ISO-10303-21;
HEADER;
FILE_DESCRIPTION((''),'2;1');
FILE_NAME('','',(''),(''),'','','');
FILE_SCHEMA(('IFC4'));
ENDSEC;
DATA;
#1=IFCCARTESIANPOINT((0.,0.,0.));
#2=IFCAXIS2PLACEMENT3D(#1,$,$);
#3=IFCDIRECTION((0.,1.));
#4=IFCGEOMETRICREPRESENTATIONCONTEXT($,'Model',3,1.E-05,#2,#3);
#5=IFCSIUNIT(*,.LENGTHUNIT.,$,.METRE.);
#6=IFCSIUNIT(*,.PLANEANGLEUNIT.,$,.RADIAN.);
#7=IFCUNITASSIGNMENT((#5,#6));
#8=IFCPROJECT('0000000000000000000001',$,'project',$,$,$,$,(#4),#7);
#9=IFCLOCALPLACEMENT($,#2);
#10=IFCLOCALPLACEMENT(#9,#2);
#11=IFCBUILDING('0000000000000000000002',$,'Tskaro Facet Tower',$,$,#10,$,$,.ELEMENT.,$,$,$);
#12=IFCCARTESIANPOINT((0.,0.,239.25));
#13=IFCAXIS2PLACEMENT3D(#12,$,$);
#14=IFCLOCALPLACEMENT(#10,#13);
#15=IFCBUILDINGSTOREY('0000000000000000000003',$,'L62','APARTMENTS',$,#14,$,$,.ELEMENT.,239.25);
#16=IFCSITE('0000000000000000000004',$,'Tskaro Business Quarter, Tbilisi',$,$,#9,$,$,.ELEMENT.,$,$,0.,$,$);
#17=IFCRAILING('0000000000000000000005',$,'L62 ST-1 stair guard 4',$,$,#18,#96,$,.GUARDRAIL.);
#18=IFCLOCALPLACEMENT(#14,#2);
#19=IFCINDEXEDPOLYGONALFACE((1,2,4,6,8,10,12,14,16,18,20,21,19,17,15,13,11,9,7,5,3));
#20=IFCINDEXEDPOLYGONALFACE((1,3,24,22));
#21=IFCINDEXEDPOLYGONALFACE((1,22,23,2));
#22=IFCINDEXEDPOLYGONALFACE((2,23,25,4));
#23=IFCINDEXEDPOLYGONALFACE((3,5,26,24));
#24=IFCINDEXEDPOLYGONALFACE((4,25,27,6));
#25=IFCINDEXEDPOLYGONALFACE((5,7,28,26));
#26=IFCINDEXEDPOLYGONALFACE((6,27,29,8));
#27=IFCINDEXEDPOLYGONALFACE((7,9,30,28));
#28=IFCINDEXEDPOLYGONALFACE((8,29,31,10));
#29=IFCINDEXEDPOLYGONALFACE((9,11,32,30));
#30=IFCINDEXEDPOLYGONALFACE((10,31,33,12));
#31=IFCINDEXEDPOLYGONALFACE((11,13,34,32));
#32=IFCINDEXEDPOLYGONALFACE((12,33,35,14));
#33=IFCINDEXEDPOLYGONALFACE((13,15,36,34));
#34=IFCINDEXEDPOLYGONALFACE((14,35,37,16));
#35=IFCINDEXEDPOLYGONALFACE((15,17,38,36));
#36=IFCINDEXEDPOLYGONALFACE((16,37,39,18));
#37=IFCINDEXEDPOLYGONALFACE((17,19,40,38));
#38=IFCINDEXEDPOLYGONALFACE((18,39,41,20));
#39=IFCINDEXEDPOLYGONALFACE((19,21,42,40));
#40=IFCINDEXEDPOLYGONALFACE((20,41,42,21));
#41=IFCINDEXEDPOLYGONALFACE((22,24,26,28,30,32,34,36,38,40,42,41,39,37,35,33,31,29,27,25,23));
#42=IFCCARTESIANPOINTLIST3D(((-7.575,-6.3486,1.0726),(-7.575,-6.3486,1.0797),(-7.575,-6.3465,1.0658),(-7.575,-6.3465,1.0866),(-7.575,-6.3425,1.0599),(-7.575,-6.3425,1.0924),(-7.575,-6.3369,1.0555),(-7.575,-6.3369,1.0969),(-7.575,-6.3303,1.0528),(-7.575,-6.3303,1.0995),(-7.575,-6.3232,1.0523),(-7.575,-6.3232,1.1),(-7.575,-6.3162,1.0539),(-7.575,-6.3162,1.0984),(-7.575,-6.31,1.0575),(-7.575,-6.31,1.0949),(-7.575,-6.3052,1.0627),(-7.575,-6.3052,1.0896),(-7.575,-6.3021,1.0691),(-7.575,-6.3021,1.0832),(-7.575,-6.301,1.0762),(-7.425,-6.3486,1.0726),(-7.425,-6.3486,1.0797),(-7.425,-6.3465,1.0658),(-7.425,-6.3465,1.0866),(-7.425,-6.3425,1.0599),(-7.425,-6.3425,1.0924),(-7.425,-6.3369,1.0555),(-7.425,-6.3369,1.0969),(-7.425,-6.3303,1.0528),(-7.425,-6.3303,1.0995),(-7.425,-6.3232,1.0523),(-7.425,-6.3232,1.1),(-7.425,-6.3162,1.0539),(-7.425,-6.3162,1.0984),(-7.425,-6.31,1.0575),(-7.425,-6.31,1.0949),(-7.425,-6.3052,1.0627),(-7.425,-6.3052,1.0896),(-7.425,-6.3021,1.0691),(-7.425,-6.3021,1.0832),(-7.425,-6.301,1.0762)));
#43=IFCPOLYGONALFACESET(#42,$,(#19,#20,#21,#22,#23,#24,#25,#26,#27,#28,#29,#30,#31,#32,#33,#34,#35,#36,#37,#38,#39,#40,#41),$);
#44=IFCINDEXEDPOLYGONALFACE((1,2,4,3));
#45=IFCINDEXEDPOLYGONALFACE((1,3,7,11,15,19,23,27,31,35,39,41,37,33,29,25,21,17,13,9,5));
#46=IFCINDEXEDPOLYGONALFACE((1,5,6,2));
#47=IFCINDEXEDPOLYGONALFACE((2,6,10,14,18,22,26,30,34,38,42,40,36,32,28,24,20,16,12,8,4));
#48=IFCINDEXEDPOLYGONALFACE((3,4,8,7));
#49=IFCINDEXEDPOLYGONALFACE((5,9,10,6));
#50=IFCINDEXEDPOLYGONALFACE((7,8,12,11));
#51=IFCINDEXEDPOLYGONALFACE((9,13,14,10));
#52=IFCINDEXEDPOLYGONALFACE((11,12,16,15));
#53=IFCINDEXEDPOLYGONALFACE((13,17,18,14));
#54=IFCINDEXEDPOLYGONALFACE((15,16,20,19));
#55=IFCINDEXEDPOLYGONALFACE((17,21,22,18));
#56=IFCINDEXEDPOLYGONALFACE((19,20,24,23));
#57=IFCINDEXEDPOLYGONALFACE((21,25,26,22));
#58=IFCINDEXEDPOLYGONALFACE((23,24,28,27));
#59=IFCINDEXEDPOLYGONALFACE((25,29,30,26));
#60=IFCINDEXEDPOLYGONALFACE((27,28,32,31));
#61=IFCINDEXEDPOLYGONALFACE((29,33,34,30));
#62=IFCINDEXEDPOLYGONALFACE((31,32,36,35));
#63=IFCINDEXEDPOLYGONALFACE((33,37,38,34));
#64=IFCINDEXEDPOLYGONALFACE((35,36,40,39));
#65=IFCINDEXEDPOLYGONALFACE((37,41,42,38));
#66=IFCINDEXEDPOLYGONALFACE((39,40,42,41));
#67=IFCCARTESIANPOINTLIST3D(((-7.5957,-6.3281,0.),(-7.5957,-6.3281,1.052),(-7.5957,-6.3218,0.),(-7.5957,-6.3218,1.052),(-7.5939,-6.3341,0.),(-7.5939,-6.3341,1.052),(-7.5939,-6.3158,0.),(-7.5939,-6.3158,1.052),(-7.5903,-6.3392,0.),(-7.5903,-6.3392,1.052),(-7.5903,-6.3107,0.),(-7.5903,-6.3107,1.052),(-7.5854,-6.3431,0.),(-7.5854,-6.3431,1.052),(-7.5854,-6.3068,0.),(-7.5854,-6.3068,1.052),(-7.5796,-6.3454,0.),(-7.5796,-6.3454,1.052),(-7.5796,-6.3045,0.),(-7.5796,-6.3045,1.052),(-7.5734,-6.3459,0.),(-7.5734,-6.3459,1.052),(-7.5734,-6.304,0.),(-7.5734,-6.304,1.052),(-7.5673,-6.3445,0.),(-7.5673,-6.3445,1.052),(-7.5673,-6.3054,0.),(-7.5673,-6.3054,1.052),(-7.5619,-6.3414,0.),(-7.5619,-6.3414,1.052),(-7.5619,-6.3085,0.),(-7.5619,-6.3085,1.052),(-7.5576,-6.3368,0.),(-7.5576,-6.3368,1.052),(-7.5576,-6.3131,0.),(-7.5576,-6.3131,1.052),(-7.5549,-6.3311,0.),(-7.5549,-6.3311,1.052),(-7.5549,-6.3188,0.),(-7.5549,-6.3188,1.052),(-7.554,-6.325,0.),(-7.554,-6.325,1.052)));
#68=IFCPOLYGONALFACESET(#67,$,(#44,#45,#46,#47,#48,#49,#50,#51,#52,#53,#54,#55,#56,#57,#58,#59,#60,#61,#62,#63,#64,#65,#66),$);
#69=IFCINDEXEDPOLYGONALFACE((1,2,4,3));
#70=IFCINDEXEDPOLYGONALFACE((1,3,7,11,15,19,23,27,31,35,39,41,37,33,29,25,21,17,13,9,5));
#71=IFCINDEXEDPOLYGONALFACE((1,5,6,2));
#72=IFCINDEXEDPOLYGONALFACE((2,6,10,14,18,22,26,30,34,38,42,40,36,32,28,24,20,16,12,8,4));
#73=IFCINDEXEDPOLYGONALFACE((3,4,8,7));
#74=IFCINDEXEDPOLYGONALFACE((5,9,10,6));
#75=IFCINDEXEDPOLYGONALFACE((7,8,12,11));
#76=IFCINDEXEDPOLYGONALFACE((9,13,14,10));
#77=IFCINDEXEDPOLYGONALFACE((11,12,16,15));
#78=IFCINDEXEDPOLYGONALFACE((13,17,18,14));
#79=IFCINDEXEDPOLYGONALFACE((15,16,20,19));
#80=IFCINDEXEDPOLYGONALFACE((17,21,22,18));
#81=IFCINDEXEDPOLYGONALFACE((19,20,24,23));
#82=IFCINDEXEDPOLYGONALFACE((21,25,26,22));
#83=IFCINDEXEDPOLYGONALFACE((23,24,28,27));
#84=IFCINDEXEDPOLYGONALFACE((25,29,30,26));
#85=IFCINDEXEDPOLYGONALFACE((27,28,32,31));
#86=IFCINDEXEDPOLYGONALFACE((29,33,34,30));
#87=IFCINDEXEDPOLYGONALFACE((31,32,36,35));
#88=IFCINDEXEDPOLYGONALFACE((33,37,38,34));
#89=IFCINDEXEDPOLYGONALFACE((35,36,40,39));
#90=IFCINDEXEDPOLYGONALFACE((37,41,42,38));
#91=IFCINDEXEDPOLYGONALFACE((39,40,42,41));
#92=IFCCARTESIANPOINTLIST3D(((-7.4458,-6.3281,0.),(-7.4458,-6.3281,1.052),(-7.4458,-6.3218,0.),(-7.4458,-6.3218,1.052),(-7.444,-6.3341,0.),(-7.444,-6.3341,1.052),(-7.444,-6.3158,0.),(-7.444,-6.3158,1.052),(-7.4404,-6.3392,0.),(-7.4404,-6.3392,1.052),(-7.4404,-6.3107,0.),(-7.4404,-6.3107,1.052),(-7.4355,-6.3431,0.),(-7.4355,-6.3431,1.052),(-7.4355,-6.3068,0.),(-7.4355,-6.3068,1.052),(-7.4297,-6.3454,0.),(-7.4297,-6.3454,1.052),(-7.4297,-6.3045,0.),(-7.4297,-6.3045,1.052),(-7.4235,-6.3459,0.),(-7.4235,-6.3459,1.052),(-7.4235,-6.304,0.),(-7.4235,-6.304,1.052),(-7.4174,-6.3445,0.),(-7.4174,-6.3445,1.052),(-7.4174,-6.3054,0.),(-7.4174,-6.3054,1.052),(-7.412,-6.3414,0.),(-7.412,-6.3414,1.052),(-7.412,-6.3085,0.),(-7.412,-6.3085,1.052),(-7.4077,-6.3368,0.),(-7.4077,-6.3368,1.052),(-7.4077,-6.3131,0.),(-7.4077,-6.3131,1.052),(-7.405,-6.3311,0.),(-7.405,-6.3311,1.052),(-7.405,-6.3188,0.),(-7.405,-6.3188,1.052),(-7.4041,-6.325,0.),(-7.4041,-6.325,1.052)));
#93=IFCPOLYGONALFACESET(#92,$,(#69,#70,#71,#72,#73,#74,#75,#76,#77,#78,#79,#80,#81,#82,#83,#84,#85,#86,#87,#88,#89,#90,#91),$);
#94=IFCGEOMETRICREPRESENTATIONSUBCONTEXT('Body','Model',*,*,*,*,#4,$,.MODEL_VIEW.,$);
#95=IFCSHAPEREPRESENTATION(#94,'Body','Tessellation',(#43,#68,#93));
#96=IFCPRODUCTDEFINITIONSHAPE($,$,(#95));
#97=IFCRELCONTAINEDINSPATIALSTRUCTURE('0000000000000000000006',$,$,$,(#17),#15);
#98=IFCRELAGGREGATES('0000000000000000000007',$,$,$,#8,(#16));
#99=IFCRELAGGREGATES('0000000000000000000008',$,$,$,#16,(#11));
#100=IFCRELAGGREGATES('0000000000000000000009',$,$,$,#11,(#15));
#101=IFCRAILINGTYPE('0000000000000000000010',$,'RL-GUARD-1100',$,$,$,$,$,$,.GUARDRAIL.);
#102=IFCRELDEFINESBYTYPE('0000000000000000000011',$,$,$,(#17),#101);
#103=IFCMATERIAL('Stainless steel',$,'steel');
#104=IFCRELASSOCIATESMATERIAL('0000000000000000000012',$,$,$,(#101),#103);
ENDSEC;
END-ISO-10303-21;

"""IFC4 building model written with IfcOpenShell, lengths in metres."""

from ifc_helpers import new_model, si_unit, direction, frame, origin, origin_2d, place, context, subcontext, project, spatial, circle, extrude, material, type_object, element, save


model = new_model("IFC4")

# Units and contexts
model_context = context("Model", 3, precision=1e-05, world=origin(), true_north=direction((0.0, 1.0)))
body_context = subcontext(model_context, "Body", "Model", "MODEL_VIEW")
ifc_project = project(units=[si_unit("LENGTHUNIT", "METRE"), si_unit("PLANEANGLEUNIT", "RADIAN")], contexts=[model_context])

# Site, building, storey
site_placement = place(None, origin())
site = spatial("IfcSite", under=ifc_project, at=site_placement, Name="Tskaro Business Quarter, Tbilisi", CompositionType="ELEMENT", RefElevation=0.0)
building_placement = place(site_placement, origin())
building = spatial("IfcBuilding", under=site, at=building_placement, Name="Tskaro Facet Tower", CompositionType="ELEMENT")
storey_placement = place(building_placement, frame((0.0, 0.0, 239.25)))
storey = spatial("IfcBuildingStorey", under=building, at=storey_placement, Name="L62", Description="APARTMENTS", CompositionType="ELEMENT", Elevation=239.25)

# Shared definitions
ifc_material_1 = material(Name="Stainless steel", Category="steel")

# Railing
railing_type_1 = type_object("IfcRailingType", Name="RL-GUARD-1100", PredefinedType="GUARDRAIL", material=ifc_material_1)
railing_1_placement = place(storey_placement, frame((-7.575, -6.325, 0.0)))
element("IfcRailing", 1, at=railing_1_placement, inside=storey, type_object=railing_type_1, Name="L62 ST-1 stair guard 4", PredefinedType="GUARDRAIL", context=body_context, shape_type="SweptSolid", body=[
    extrude(circle(Radius=0.0239, at=origin_2d()), frame((0.0, 0.0, 1.0762), z_axis=(1.0, 0.0, 0.0), x_axis=(0.0, 1.0, 0.0)), (0.0, 0.0, 1.0), 0.1499),
    extrude(circle(Radius=0.021, at=origin_2d()), origin(), (0.0, 0.0, 1.0), 1.052),
    extrude(circle(Radius=0.021, at=origin_2d()), frame((0.1499, 0.0, 0.0)), (0.0, 0.0, 1.0), 1.052),
])

save(model, "model.ifc")
